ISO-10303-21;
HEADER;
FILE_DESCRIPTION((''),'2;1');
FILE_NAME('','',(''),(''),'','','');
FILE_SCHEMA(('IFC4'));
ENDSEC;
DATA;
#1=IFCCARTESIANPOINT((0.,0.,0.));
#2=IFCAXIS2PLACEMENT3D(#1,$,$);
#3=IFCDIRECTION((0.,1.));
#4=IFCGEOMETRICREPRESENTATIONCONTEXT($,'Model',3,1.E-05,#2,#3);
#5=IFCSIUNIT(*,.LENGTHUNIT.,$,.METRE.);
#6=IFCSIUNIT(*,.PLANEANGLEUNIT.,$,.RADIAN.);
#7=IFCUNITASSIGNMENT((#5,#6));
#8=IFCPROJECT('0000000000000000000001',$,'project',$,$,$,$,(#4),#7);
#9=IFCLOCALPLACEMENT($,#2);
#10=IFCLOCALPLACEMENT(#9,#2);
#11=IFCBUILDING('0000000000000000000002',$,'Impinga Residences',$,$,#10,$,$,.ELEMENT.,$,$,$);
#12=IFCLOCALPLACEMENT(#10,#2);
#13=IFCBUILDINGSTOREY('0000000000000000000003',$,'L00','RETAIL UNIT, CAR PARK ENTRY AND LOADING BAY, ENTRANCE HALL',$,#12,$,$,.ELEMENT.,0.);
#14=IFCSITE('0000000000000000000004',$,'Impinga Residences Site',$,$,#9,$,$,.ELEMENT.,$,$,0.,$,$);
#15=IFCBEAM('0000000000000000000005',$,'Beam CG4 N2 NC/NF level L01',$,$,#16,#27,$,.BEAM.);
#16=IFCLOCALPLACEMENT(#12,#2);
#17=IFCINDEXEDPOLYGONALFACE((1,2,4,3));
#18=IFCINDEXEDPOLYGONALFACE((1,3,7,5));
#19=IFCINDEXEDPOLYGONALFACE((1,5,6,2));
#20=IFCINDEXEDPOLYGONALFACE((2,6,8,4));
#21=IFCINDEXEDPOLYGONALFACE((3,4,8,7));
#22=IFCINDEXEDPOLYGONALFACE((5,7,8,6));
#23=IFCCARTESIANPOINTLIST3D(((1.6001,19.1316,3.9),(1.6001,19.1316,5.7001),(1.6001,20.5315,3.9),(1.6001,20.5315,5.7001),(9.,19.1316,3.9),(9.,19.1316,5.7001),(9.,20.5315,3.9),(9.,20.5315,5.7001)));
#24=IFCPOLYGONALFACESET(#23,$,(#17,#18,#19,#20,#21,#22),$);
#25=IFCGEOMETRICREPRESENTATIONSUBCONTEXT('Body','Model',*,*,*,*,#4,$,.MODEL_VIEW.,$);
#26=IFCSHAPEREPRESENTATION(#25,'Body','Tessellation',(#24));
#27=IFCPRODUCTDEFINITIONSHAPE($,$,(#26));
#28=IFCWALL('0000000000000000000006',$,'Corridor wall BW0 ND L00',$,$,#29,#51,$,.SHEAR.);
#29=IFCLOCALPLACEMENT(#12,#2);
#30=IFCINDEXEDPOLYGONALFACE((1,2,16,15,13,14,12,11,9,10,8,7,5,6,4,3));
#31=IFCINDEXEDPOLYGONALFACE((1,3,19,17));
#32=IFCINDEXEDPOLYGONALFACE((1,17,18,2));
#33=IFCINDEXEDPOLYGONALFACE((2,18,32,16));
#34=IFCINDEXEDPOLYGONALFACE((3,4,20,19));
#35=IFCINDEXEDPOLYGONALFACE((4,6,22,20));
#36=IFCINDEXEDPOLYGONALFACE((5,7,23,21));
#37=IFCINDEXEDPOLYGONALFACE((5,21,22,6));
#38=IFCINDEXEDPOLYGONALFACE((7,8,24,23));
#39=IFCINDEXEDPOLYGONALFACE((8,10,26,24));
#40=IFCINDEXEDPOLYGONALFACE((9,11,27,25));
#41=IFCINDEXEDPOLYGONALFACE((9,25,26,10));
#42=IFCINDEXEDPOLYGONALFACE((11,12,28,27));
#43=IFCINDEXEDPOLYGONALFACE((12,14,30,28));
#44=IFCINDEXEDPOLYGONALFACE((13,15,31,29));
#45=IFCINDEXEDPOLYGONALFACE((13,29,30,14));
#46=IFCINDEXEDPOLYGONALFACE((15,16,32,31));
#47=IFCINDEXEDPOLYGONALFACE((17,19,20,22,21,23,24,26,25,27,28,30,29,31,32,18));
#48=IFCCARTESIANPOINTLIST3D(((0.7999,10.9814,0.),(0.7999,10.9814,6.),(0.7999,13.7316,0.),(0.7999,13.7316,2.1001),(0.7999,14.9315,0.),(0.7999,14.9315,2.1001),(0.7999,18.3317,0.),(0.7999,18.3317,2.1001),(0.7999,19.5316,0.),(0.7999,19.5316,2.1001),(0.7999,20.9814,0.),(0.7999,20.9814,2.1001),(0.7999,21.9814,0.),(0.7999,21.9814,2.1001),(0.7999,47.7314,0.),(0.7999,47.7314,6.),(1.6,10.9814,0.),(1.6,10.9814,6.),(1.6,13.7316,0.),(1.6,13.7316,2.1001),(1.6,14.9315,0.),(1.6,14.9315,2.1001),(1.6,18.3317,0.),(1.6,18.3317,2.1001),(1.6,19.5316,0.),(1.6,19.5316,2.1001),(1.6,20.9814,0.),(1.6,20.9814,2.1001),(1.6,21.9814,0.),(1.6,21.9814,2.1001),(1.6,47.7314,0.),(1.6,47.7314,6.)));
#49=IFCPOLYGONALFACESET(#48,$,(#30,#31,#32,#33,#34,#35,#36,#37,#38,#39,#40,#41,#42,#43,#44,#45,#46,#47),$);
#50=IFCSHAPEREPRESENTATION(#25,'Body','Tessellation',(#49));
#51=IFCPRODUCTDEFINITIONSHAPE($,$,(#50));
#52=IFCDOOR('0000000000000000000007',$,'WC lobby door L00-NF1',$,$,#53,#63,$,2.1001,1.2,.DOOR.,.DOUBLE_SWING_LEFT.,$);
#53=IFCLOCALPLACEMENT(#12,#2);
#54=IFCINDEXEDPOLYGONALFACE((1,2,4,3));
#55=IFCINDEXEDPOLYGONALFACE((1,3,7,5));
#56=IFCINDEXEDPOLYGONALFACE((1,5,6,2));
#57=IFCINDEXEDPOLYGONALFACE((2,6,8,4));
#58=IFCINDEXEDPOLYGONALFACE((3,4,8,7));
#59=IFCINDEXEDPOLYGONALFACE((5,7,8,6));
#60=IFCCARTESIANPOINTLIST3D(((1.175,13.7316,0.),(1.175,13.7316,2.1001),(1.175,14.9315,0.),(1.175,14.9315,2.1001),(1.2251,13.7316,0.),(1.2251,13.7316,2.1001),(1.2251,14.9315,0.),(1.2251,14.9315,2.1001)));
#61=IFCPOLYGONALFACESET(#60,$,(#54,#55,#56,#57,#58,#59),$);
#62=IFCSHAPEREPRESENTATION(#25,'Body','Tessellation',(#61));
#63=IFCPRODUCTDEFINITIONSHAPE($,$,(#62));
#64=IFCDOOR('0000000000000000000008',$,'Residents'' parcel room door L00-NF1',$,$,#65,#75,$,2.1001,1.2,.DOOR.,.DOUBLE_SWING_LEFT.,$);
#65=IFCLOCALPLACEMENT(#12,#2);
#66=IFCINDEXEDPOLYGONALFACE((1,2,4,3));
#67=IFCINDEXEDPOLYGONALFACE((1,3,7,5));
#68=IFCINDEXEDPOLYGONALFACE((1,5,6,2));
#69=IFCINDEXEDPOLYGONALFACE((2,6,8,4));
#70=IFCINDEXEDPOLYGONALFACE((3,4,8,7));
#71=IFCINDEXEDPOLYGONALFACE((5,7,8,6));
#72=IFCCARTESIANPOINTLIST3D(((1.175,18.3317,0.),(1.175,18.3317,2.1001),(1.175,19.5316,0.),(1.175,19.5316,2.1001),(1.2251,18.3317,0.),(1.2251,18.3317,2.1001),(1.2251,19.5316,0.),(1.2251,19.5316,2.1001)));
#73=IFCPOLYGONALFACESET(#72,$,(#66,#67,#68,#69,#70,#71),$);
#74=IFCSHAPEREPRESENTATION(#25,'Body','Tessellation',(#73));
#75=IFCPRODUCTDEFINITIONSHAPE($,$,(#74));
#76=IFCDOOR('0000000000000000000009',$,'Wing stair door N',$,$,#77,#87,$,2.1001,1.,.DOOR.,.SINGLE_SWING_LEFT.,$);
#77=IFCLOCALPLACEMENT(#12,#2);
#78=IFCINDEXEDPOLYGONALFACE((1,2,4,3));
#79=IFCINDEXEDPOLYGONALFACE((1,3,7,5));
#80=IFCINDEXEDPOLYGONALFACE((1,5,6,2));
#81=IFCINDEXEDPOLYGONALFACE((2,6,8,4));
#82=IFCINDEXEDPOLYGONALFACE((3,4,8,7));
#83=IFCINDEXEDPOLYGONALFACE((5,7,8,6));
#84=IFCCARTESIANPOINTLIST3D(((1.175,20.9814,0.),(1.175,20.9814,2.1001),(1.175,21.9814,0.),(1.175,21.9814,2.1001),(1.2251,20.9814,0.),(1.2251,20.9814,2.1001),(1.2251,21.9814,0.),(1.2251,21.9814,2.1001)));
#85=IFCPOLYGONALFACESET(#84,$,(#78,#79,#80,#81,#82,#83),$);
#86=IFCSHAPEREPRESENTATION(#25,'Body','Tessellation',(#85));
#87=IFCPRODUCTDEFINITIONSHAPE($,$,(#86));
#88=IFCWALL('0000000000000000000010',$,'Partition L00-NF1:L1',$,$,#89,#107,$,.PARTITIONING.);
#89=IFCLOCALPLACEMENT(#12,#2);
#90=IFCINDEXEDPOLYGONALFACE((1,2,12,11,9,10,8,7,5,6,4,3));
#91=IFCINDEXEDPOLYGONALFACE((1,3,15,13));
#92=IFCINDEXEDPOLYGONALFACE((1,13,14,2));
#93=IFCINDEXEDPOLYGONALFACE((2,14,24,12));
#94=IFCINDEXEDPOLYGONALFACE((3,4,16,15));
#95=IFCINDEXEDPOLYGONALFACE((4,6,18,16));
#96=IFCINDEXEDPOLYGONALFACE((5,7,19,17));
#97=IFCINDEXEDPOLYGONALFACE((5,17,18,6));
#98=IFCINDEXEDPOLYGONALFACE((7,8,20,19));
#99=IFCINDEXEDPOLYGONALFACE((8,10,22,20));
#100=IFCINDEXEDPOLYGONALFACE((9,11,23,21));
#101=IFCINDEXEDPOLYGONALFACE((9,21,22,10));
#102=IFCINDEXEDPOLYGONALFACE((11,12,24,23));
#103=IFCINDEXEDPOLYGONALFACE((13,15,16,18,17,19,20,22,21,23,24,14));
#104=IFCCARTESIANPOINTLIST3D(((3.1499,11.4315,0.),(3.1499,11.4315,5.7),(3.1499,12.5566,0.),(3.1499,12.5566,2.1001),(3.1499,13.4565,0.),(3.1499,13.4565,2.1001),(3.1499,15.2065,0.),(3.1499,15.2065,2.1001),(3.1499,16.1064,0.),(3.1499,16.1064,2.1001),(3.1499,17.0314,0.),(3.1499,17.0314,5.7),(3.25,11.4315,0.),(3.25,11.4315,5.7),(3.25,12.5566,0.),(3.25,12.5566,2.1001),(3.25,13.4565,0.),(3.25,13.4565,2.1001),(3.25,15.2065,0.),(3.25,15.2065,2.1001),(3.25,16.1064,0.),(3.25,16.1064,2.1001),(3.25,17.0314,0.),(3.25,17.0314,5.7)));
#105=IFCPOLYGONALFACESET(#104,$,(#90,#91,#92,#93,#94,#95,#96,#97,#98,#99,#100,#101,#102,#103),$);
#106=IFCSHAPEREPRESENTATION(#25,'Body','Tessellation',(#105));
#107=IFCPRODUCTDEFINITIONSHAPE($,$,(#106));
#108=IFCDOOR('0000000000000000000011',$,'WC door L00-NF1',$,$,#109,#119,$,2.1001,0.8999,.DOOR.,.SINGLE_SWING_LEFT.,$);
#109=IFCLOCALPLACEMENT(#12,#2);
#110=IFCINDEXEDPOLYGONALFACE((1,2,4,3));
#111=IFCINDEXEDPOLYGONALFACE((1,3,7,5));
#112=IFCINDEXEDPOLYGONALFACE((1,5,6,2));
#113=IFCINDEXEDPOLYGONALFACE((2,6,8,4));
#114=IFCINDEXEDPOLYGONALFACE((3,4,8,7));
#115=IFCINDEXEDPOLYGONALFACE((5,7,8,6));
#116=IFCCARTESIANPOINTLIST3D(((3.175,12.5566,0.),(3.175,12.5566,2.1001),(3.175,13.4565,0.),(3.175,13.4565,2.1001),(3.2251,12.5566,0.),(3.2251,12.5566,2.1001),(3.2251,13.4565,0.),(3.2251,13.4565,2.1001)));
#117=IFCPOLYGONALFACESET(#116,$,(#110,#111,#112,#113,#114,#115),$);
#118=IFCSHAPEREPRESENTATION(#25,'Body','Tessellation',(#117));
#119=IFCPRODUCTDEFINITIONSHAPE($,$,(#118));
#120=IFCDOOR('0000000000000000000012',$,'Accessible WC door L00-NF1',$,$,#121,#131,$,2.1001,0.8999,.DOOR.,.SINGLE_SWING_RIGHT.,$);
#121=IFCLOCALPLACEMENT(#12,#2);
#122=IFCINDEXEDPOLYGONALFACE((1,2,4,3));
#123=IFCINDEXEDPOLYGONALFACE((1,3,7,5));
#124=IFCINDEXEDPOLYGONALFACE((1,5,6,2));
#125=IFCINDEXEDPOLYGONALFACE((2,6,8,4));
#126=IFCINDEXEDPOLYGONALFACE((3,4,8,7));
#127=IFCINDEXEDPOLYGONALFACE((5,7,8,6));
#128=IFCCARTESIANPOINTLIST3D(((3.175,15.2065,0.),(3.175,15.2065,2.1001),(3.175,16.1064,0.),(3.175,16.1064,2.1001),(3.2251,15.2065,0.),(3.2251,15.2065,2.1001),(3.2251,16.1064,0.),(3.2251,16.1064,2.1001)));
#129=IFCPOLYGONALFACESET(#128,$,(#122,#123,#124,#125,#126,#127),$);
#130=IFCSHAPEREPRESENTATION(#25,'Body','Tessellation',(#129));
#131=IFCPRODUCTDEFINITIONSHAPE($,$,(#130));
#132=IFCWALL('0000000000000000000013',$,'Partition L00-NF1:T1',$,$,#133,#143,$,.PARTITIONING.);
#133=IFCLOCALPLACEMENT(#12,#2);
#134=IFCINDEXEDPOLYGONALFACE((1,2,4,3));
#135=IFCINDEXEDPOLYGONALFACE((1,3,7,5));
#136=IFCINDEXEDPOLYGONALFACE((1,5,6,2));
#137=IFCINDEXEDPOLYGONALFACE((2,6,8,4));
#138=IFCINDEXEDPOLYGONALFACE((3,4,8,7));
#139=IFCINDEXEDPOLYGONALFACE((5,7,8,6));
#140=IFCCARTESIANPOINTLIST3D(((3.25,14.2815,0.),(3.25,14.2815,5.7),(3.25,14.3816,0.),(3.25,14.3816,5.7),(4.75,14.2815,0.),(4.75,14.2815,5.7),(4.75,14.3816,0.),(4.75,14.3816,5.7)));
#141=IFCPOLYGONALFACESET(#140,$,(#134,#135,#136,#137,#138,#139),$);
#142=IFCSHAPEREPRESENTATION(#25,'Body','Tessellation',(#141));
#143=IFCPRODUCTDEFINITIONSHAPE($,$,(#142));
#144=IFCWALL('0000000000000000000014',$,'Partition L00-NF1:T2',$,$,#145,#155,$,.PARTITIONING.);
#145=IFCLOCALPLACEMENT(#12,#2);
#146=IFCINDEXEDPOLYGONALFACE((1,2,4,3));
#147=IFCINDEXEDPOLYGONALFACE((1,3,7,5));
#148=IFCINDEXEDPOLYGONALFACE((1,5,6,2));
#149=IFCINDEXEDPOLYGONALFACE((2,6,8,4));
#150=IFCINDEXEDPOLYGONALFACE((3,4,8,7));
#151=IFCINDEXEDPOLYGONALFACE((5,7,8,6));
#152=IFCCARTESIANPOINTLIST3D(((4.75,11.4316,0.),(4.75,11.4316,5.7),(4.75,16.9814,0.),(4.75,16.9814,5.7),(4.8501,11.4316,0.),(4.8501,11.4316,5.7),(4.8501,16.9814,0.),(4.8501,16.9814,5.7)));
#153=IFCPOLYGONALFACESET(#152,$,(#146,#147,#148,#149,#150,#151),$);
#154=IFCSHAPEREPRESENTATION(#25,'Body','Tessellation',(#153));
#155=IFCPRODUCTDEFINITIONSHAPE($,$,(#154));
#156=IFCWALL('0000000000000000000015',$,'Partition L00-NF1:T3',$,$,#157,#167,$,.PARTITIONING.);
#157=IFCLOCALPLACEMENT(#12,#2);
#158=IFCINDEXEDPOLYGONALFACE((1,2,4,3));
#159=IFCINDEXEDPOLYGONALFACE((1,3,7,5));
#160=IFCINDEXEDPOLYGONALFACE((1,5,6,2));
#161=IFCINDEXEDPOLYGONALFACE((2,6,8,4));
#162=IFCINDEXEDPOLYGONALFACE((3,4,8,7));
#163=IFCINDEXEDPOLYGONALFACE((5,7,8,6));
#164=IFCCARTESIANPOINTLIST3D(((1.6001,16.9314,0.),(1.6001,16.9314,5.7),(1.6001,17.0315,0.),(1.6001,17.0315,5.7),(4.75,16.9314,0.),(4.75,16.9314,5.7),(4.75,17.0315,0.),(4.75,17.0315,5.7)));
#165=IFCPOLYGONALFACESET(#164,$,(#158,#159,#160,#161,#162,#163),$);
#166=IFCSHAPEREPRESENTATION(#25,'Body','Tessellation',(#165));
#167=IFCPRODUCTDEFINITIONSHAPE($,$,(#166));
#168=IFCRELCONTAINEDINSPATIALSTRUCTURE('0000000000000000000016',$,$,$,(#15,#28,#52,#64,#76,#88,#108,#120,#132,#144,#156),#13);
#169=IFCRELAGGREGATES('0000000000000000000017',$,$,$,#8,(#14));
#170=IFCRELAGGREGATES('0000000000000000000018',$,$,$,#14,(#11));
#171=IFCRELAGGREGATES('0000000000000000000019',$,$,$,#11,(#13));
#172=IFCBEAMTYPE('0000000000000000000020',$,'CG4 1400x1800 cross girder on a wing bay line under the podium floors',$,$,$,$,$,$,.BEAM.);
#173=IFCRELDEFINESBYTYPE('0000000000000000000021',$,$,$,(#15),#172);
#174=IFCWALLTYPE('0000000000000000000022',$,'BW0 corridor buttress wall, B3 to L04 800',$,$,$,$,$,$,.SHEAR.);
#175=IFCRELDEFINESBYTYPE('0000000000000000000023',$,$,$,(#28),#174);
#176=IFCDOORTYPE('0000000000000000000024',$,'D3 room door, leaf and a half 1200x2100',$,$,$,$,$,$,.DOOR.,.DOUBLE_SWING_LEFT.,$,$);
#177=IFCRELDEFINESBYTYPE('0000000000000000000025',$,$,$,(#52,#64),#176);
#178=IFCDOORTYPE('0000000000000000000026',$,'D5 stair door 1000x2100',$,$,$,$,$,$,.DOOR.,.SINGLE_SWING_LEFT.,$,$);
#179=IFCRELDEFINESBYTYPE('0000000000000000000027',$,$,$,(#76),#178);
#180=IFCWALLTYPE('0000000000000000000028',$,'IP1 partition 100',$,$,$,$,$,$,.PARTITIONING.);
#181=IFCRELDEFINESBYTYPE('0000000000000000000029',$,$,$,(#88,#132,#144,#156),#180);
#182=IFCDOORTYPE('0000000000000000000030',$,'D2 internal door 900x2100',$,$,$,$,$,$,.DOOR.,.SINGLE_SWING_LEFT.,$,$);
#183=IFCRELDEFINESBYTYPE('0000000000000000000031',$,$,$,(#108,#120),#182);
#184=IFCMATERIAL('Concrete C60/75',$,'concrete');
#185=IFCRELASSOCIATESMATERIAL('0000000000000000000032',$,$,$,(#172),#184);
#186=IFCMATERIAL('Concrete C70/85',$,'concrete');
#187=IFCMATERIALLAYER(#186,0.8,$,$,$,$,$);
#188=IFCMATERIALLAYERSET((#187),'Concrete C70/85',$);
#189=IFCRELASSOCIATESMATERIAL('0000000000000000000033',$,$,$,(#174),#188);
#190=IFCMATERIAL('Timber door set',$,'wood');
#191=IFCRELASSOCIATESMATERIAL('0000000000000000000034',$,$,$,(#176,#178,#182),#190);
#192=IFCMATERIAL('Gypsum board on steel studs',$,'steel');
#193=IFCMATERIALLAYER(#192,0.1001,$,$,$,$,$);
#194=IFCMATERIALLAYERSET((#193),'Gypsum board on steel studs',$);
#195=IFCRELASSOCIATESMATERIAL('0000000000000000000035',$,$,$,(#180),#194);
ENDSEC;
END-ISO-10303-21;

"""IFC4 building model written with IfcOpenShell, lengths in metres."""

from ifc_helpers import new_model, si_unit, direction, frame, frame_2d, origin, origin_2d, place, context, subcontext, project, spatial, rectangle, extrude, material, layer, layer_set, material_profile, profile_set, type_object, element, fill, save


model = new_model("IFC4")

# Units and contexts
model_context = context("Model", 3, precision=1e-05, world=origin(), true_north=direction((0.0, 1.0)))
body_context = subcontext(model_context, "Body", "Model", "MODEL_VIEW")
ifc_project = project(units=[si_unit("LENGTHUNIT", "METRE"), si_unit("PLANEANGLEUNIT", "RADIAN")], contexts=[model_context])

# Site, building, storey
site_placement = place(None, origin())
site = spatial("IfcSite", under=ifc_project, at=site_placement, Name="Impinga Residences Site", CompositionType="ELEMENT", RefElevation=0.0)
building_placement = place(site_placement, origin())
building = spatial("IfcBuilding", under=site, at=building_placement, Name="Impinga Residences", CompositionType="ELEMENT")
storey_placement = place(building_placement, origin())
storey = spatial("IfcBuildingStorey", under=building, at=storey_placement, Name="L00", Description="RETAIL UNIT, CAR PARK ENTRY AND LOADING BAY, ENTRANCE HALL", CompositionType="ELEMENT", Elevation=0.0)

# Beam
ifc_material_1 = material(Name="Concrete C60/75", Category="concrete")
ifc_material_profile = material_profile(ifc_material_1, rectangle(XDim=1.3999, YDim=1.8, at=origin_2d()), Name="RC 1400x1800")
ifc_profile_set = profile_set([ifc_material_profile], Name="Concrete C60/75")
beam_type = type_object("IfcBeamType", Name="CG4 1400x1800 cross girder on a wing bay line under the podium floors", PredefinedType="BEAM", material=ifc_profile_set)
beam_placement = place(storey_placement, frame((1.6001, 19.8315, 4.8), z_axis=(1.0, 0.0, 0.0), x_axis=(0.0, 1.0, 0.0)))
element("IfcBeam", 1, at=beam_placement, inside=storey, type_object=beam_type, Name="Beam CG4 N2 NC/NF level L01", PredefinedType="BEAM", context=body_context, shape_type="SweptSolid", body=[
    extrude(rectangle(XDim=1.3999, YDim=1.8, at=origin_2d()), origin(), (0.0, 0.0, 1.0), 7.3999),
])

# Walls, openings, doors
ifc_material_2 = material(Name="Concrete C70/85", Category="concrete")
ifc_layer_1 = layer(ifc_material_2, 0.8)
ifc_layer_set_1 = layer_set([ifc_layer_1], Name="Concrete C70/85")
wall_type_1 = type_object("IfcWallType", Name="BW0 corridor buttress wall, B3 to L04 800", PredefinedType="SHEAR", material=ifc_layer_set_1)
wall_1_placement = place(storey_placement, frame((1.2, 10.9814, 0.0), z_axis=(0.0, 0.0, 1.0), x_axis=(0.0, 1.0, 0.0)))
wall_1 = element("IfcWall", 2, at=wall_1_placement, inside=storey, type_object=wall_type_1, Name="Corridor wall BW0 ND L00", PredefinedType="SHEAR", context=body_context, shape_type="SweptSolid", body=[
    extrude(rectangle(XDim=36.75, YDim=0.8, at=frame_2d((18.375, 0.0))), origin(), (0.0, 0.0, 1.0), 6.0),
])
opening_1_placement = place(wall_1_placement, frame((10.0, 0.0, 0.0)))
opening_1 = element("IfcOpeningElement", 3, at=opening_1_placement, cuts=wall_1, PredefinedType="OPENING", context=body_context, shape_type="SweptSolid", body=[
    extrude(rectangle(XDim=1.0, YDim=2.1001, at=frame_2d((0.5, 1.05))), frame((0.0, 0.4099, 0.0), z_axis=(0.0, -1.0, 0.0), x_axis=(1.0, 0.0, 0.0)), (0.0, 0.0, 1.0), 0.8201),
])
opening_2_placement = place(wall_1_placement, frame((2.75, 0.0, 0.0)))
opening_2 = element("IfcOpeningElement", 4, at=opening_2_placement, cuts=wall_1, PredefinedType="OPENING", context=body_context, shape_type="SweptSolid", body=[
    extrude(rectangle(XDim=1.2, YDim=2.1001, at=frame_2d((0.6001, 1.05))), frame((0.0, 0.4099, 0.0), z_axis=(0.0, -1.0, 0.0), x_axis=(1.0, 0.0, 0.0)), (0.0, 0.0, 1.0), 0.8201),
])
opening_3_placement = place(wall_1_placement, frame((7.3501, 0.0, 0.0)))
opening_3 = element("IfcOpeningElement", 5, at=opening_3_placement, cuts=wall_1, PredefinedType="OPENING", context=body_context, shape_type="SweptSolid", body=[
    extrude(rectangle(XDim=1.2, YDim=2.1001, at=frame_2d((0.6001, 1.05))), frame((0.0, 0.4099, 0.0), z_axis=(0.0, -1.0, 0.0), x_axis=(1.0, 0.0, 0.0)), (0.0, 0.0, 1.0), 0.8201),
])
ifc_material_3 = material(Name="Timber door set", Category="wood")
door_type_1 = type_object("IfcDoorType", Name="D3 room door, leaf and a half 1200x2100", OperationType="DOUBLE_SWING_LEFT", PredefinedType="DOOR", material=ifc_material_3)
door_1_placement = place(opening_2_placement, origin())
door_1 = element("IfcDoor", 6, at=door_1_placement, inside=storey, type_object=door_type_1, Name="WC lobby door L00-NF1", OperationType="DOUBLE_SWING_LEFT", OverallHeight=2.1001, OverallWidth=1.2, PredefinedType="DOOR", context=body_context, shape_type="SweptSolid", body=[
    extrude(rectangle(XDim=1.2, YDim=2.1001, at=frame_2d((0.6001, 1.05))), frame((0.0, 0.0249, 0.0), z_axis=(0.0, -1.0, 0.0), x_axis=(1.0, 0.0, 0.0)), (0.0, 0.0, 1.0), 0.05),
])
fill(opening_2, door_1)
door_2_placement = place(opening_3_placement, origin())
door_2 = element("IfcDoor", 7, at=door_2_placement, inside=storey, type_object=door_type_1, Name="Residents' parcel room door L00-NF1", OperationType="DOUBLE_SWING_LEFT", OverallHeight=2.1001, OverallWidth=1.2, PredefinedType="DOOR", context=body_context, shape_type="SweptSolid", body=[
    extrude(rectangle(XDim=1.2, YDim=2.1001, at=frame_2d((0.6001, 1.05))), frame((0.0, 0.0249, 0.0), z_axis=(0.0, -1.0, 0.0), x_axis=(1.0, 0.0, 0.0)), (0.0, 0.0, 1.0), 0.05),
])
fill(opening_3, door_2)
door_type_2 = type_object("IfcDoorType", Name="D5 stair door 1000x2100", OperationType="SINGLE_SWING_LEFT", PredefinedType="DOOR", material=ifc_material_3)
door_3_placement = place(opening_1_placement, origin())
door_3 = element("IfcDoor", 8, at=door_3_placement, inside=storey, type_object=door_type_2, Name="Wing stair door N", OperationType="SINGLE_SWING_LEFT", OverallHeight=2.1001, OverallWidth=1.0, PredefinedType="DOOR", context=body_context, shape_type="SweptSolid", body=[
    extrude(rectangle(XDim=1.0, YDim=2.1001, at=frame_2d((0.5, 1.05))), frame((0.0, 0.0249, 0.0), z_axis=(0.0, -1.0, 0.0), x_axis=(1.0, 0.0, 0.0)), (0.0, 0.0, 1.0), 0.05),
])
fill(opening_1, door_3)
ifc_material_4 = material(Name="Gypsum board on steel studs", Category="steel")
ifc_layer_2 = layer(ifc_material_4, 0.1001)
ifc_layer_set_2 = layer_set([ifc_layer_2], Name="Gypsum board on steel studs")
wall_type_2 = type_object("IfcWallType", Name="IP1 partition 100", PredefinedType="PARTITIONING", material=ifc_layer_set_2)
wall_2_placement = place(storey_placement, frame((3.2, 11.4316, 0.0), z_axis=(0.0, 0.0, 1.0), x_axis=(0.0, 1.0, 0.0)))
wall_2 = element("IfcWall", 9, at=wall_2_placement, inside=storey, type_object=wall_type_2, Name="Partition L00-NF1:L1", PredefinedType="PARTITIONING", context=body_context, shape_type="SweptSolid", body=[
    extrude(rectangle(XDim=5.5999, YDim=0.1001, at=frame_2d((2.7998, 0.0))), origin(), (0.0, 0.0, 1.0), 5.7),
])
opening_4_placement = place(wall_2_placement, frame((1.125, 0.0, 0.0)))
opening_4 = element("IfcOpeningElement", 10, at=opening_4_placement, cuts=wall_2, PredefinedType="OPENING", context=body_context, shape_type="SweptSolid", body=[
    extrude(rectangle(XDim=0.8999, YDim=2.1001, at=frame_2d((0.45, 1.05))), frame((0.0, 0.0601, 0.0), z_axis=(0.0, -1.0, 0.0), x_axis=(1.0, 0.0, 0.0)), (0.0, 0.0, 1.0), 0.1201),
])
opening_5_placement = place(wall_2_placement, frame((3.7749, 0.0, 0.0)))
opening_5 = element("IfcOpeningElement", 11, at=opening_5_placement, cuts=wall_2, PredefinedType="OPENING", context=body_context, shape_type="SweptSolid", body=[
    extrude(rectangle(XDim=0.8999, YDim=2.1001, at=frame_2d((0.45, 1.05))), frame((0.0, 0.0601, 0.0), z_axis=(0.0, -1.0, 0.0), x_axis=(1.0, 0.0, 0.0)), (0.0, 0.0, 1.0), 0.1201),
])
door_type_3 = type_object("IfcDoorType", Name="D2 internal door 900x2100", OperationType="SINGLE_SWING_LEFT", PredefinedType="DOOR", material=ifc_material_3)
door_4_placement = place(opening_4_placement, origin())
door_4 = element("IfcDoor", 12, at=door_4_placement, inside=storey, type_object=door_type_3, Name="WC door L00-NF1", OperationType="SINGLE_SWING_LEFT", OverallHeight=2.1001, OverallWidth=0.8999, PredefinedType="DOOR", context=body_context, shape_type="SweptSolid", body=[
    extrude(rectangle(XDim=0.8999, YDim=2.1001, at=frame_2d((0.45, 1.05))), frame((0.0, 0.0249, 0.0), z_axis=(0.0, -1.0, 0.0), x_axis=(1.0, 0.0, 0.0)), (0.0, 0.0, 1.0), 0.05),
])
fill(opening_4, door_4)
door_5_placement = place(opening_5_placement, origin())
door_5 = element("IfcDoor", 13, at=door_5_placement, inside=storey, type_object=door_type_3, Name="Accessible WC door L00-NF1", OperationType="SINGLE_SWING_RIGHT", OverallHeight=2.1001, OverallWidth=0.8999, PredefinedType="DOOR", context=body_context, shape_type="SweptSolid", body=[
    extrude(rectangle(XDim=0.8999, YDim=2.1001, at=frame_2d((0.45, 1.05))), frame((0.0, 0.0249, 0.0), z_axis=(0.0, -1.0, 0.0), x_axis=(1.0, 0.0, 0.0)), (0.0, 0.0, 1.0), 0.05),
])
fill(opening_5, door_5)

# Walls
wall_3_placement = place(storey_placement, frame((3.25, 14.3315, 0.0), z_axis=(0.0, 0.0, 1.0), x_axis=(1.0, 0.0, 0.0)))
element("IfcWall", 14, at=wall_3_placement, inside=storey, type_object=wall_type_2, Name="Partition L00-NF1:T1", PredefinedType="PARTITIONING", context=body_context, shape_type="SweptSolid", body=[
    extrude(rectangle(XDim=1.5, YDim=0.1001, at=frame_2d((0.75, 0.0))), origin(), (0.0, 0.0, 1.0), 5.7),
])
wall_4_placement = place(storey_placement, frame((4.8, 11.4316, 0.0), z_axis=(0.0, 0.0, 1.0), x_axis=(0.0, 1.0, 0.0)))
element("IfcWall", 15, at=wall_4_placement, inside=storey, type_object=wall_type_2, Name="Partition L00-NF1:T2", PredefinedType="PARTITIONING", context=body_context, shape_type="SweptSolid", body=[
    extrude(rectangle(XDim=5.5498, YDim=0.1001, at=frame_2d((2.7749, 0.0))), origin(), (0.0, 0.0, 1.0), 5.7),
])
wall_5_placement = place(storey_placement, frame((1.6001, 16.9814, 0.0), z_axis=(0.0, 0.0, 1.0), x_axis=(1.0, 0.0, 0.0)))
element("IfcWall", 16, at=wall_5_placement, inside=storey, type_object=wall_type_2, Name="Partition L00-NF1:T3", PredefinedType="PARTITIONING", context=body_context, shape_type="SweptSolid", body=[
    extrude(rectangle(XDim=3.1499, YDim=0.1001, at=frame_2d((1.575, 0.0))), origin(), (0.0, 0.0, 1.0), 5.7),
])

save(model, "model.ifc")
